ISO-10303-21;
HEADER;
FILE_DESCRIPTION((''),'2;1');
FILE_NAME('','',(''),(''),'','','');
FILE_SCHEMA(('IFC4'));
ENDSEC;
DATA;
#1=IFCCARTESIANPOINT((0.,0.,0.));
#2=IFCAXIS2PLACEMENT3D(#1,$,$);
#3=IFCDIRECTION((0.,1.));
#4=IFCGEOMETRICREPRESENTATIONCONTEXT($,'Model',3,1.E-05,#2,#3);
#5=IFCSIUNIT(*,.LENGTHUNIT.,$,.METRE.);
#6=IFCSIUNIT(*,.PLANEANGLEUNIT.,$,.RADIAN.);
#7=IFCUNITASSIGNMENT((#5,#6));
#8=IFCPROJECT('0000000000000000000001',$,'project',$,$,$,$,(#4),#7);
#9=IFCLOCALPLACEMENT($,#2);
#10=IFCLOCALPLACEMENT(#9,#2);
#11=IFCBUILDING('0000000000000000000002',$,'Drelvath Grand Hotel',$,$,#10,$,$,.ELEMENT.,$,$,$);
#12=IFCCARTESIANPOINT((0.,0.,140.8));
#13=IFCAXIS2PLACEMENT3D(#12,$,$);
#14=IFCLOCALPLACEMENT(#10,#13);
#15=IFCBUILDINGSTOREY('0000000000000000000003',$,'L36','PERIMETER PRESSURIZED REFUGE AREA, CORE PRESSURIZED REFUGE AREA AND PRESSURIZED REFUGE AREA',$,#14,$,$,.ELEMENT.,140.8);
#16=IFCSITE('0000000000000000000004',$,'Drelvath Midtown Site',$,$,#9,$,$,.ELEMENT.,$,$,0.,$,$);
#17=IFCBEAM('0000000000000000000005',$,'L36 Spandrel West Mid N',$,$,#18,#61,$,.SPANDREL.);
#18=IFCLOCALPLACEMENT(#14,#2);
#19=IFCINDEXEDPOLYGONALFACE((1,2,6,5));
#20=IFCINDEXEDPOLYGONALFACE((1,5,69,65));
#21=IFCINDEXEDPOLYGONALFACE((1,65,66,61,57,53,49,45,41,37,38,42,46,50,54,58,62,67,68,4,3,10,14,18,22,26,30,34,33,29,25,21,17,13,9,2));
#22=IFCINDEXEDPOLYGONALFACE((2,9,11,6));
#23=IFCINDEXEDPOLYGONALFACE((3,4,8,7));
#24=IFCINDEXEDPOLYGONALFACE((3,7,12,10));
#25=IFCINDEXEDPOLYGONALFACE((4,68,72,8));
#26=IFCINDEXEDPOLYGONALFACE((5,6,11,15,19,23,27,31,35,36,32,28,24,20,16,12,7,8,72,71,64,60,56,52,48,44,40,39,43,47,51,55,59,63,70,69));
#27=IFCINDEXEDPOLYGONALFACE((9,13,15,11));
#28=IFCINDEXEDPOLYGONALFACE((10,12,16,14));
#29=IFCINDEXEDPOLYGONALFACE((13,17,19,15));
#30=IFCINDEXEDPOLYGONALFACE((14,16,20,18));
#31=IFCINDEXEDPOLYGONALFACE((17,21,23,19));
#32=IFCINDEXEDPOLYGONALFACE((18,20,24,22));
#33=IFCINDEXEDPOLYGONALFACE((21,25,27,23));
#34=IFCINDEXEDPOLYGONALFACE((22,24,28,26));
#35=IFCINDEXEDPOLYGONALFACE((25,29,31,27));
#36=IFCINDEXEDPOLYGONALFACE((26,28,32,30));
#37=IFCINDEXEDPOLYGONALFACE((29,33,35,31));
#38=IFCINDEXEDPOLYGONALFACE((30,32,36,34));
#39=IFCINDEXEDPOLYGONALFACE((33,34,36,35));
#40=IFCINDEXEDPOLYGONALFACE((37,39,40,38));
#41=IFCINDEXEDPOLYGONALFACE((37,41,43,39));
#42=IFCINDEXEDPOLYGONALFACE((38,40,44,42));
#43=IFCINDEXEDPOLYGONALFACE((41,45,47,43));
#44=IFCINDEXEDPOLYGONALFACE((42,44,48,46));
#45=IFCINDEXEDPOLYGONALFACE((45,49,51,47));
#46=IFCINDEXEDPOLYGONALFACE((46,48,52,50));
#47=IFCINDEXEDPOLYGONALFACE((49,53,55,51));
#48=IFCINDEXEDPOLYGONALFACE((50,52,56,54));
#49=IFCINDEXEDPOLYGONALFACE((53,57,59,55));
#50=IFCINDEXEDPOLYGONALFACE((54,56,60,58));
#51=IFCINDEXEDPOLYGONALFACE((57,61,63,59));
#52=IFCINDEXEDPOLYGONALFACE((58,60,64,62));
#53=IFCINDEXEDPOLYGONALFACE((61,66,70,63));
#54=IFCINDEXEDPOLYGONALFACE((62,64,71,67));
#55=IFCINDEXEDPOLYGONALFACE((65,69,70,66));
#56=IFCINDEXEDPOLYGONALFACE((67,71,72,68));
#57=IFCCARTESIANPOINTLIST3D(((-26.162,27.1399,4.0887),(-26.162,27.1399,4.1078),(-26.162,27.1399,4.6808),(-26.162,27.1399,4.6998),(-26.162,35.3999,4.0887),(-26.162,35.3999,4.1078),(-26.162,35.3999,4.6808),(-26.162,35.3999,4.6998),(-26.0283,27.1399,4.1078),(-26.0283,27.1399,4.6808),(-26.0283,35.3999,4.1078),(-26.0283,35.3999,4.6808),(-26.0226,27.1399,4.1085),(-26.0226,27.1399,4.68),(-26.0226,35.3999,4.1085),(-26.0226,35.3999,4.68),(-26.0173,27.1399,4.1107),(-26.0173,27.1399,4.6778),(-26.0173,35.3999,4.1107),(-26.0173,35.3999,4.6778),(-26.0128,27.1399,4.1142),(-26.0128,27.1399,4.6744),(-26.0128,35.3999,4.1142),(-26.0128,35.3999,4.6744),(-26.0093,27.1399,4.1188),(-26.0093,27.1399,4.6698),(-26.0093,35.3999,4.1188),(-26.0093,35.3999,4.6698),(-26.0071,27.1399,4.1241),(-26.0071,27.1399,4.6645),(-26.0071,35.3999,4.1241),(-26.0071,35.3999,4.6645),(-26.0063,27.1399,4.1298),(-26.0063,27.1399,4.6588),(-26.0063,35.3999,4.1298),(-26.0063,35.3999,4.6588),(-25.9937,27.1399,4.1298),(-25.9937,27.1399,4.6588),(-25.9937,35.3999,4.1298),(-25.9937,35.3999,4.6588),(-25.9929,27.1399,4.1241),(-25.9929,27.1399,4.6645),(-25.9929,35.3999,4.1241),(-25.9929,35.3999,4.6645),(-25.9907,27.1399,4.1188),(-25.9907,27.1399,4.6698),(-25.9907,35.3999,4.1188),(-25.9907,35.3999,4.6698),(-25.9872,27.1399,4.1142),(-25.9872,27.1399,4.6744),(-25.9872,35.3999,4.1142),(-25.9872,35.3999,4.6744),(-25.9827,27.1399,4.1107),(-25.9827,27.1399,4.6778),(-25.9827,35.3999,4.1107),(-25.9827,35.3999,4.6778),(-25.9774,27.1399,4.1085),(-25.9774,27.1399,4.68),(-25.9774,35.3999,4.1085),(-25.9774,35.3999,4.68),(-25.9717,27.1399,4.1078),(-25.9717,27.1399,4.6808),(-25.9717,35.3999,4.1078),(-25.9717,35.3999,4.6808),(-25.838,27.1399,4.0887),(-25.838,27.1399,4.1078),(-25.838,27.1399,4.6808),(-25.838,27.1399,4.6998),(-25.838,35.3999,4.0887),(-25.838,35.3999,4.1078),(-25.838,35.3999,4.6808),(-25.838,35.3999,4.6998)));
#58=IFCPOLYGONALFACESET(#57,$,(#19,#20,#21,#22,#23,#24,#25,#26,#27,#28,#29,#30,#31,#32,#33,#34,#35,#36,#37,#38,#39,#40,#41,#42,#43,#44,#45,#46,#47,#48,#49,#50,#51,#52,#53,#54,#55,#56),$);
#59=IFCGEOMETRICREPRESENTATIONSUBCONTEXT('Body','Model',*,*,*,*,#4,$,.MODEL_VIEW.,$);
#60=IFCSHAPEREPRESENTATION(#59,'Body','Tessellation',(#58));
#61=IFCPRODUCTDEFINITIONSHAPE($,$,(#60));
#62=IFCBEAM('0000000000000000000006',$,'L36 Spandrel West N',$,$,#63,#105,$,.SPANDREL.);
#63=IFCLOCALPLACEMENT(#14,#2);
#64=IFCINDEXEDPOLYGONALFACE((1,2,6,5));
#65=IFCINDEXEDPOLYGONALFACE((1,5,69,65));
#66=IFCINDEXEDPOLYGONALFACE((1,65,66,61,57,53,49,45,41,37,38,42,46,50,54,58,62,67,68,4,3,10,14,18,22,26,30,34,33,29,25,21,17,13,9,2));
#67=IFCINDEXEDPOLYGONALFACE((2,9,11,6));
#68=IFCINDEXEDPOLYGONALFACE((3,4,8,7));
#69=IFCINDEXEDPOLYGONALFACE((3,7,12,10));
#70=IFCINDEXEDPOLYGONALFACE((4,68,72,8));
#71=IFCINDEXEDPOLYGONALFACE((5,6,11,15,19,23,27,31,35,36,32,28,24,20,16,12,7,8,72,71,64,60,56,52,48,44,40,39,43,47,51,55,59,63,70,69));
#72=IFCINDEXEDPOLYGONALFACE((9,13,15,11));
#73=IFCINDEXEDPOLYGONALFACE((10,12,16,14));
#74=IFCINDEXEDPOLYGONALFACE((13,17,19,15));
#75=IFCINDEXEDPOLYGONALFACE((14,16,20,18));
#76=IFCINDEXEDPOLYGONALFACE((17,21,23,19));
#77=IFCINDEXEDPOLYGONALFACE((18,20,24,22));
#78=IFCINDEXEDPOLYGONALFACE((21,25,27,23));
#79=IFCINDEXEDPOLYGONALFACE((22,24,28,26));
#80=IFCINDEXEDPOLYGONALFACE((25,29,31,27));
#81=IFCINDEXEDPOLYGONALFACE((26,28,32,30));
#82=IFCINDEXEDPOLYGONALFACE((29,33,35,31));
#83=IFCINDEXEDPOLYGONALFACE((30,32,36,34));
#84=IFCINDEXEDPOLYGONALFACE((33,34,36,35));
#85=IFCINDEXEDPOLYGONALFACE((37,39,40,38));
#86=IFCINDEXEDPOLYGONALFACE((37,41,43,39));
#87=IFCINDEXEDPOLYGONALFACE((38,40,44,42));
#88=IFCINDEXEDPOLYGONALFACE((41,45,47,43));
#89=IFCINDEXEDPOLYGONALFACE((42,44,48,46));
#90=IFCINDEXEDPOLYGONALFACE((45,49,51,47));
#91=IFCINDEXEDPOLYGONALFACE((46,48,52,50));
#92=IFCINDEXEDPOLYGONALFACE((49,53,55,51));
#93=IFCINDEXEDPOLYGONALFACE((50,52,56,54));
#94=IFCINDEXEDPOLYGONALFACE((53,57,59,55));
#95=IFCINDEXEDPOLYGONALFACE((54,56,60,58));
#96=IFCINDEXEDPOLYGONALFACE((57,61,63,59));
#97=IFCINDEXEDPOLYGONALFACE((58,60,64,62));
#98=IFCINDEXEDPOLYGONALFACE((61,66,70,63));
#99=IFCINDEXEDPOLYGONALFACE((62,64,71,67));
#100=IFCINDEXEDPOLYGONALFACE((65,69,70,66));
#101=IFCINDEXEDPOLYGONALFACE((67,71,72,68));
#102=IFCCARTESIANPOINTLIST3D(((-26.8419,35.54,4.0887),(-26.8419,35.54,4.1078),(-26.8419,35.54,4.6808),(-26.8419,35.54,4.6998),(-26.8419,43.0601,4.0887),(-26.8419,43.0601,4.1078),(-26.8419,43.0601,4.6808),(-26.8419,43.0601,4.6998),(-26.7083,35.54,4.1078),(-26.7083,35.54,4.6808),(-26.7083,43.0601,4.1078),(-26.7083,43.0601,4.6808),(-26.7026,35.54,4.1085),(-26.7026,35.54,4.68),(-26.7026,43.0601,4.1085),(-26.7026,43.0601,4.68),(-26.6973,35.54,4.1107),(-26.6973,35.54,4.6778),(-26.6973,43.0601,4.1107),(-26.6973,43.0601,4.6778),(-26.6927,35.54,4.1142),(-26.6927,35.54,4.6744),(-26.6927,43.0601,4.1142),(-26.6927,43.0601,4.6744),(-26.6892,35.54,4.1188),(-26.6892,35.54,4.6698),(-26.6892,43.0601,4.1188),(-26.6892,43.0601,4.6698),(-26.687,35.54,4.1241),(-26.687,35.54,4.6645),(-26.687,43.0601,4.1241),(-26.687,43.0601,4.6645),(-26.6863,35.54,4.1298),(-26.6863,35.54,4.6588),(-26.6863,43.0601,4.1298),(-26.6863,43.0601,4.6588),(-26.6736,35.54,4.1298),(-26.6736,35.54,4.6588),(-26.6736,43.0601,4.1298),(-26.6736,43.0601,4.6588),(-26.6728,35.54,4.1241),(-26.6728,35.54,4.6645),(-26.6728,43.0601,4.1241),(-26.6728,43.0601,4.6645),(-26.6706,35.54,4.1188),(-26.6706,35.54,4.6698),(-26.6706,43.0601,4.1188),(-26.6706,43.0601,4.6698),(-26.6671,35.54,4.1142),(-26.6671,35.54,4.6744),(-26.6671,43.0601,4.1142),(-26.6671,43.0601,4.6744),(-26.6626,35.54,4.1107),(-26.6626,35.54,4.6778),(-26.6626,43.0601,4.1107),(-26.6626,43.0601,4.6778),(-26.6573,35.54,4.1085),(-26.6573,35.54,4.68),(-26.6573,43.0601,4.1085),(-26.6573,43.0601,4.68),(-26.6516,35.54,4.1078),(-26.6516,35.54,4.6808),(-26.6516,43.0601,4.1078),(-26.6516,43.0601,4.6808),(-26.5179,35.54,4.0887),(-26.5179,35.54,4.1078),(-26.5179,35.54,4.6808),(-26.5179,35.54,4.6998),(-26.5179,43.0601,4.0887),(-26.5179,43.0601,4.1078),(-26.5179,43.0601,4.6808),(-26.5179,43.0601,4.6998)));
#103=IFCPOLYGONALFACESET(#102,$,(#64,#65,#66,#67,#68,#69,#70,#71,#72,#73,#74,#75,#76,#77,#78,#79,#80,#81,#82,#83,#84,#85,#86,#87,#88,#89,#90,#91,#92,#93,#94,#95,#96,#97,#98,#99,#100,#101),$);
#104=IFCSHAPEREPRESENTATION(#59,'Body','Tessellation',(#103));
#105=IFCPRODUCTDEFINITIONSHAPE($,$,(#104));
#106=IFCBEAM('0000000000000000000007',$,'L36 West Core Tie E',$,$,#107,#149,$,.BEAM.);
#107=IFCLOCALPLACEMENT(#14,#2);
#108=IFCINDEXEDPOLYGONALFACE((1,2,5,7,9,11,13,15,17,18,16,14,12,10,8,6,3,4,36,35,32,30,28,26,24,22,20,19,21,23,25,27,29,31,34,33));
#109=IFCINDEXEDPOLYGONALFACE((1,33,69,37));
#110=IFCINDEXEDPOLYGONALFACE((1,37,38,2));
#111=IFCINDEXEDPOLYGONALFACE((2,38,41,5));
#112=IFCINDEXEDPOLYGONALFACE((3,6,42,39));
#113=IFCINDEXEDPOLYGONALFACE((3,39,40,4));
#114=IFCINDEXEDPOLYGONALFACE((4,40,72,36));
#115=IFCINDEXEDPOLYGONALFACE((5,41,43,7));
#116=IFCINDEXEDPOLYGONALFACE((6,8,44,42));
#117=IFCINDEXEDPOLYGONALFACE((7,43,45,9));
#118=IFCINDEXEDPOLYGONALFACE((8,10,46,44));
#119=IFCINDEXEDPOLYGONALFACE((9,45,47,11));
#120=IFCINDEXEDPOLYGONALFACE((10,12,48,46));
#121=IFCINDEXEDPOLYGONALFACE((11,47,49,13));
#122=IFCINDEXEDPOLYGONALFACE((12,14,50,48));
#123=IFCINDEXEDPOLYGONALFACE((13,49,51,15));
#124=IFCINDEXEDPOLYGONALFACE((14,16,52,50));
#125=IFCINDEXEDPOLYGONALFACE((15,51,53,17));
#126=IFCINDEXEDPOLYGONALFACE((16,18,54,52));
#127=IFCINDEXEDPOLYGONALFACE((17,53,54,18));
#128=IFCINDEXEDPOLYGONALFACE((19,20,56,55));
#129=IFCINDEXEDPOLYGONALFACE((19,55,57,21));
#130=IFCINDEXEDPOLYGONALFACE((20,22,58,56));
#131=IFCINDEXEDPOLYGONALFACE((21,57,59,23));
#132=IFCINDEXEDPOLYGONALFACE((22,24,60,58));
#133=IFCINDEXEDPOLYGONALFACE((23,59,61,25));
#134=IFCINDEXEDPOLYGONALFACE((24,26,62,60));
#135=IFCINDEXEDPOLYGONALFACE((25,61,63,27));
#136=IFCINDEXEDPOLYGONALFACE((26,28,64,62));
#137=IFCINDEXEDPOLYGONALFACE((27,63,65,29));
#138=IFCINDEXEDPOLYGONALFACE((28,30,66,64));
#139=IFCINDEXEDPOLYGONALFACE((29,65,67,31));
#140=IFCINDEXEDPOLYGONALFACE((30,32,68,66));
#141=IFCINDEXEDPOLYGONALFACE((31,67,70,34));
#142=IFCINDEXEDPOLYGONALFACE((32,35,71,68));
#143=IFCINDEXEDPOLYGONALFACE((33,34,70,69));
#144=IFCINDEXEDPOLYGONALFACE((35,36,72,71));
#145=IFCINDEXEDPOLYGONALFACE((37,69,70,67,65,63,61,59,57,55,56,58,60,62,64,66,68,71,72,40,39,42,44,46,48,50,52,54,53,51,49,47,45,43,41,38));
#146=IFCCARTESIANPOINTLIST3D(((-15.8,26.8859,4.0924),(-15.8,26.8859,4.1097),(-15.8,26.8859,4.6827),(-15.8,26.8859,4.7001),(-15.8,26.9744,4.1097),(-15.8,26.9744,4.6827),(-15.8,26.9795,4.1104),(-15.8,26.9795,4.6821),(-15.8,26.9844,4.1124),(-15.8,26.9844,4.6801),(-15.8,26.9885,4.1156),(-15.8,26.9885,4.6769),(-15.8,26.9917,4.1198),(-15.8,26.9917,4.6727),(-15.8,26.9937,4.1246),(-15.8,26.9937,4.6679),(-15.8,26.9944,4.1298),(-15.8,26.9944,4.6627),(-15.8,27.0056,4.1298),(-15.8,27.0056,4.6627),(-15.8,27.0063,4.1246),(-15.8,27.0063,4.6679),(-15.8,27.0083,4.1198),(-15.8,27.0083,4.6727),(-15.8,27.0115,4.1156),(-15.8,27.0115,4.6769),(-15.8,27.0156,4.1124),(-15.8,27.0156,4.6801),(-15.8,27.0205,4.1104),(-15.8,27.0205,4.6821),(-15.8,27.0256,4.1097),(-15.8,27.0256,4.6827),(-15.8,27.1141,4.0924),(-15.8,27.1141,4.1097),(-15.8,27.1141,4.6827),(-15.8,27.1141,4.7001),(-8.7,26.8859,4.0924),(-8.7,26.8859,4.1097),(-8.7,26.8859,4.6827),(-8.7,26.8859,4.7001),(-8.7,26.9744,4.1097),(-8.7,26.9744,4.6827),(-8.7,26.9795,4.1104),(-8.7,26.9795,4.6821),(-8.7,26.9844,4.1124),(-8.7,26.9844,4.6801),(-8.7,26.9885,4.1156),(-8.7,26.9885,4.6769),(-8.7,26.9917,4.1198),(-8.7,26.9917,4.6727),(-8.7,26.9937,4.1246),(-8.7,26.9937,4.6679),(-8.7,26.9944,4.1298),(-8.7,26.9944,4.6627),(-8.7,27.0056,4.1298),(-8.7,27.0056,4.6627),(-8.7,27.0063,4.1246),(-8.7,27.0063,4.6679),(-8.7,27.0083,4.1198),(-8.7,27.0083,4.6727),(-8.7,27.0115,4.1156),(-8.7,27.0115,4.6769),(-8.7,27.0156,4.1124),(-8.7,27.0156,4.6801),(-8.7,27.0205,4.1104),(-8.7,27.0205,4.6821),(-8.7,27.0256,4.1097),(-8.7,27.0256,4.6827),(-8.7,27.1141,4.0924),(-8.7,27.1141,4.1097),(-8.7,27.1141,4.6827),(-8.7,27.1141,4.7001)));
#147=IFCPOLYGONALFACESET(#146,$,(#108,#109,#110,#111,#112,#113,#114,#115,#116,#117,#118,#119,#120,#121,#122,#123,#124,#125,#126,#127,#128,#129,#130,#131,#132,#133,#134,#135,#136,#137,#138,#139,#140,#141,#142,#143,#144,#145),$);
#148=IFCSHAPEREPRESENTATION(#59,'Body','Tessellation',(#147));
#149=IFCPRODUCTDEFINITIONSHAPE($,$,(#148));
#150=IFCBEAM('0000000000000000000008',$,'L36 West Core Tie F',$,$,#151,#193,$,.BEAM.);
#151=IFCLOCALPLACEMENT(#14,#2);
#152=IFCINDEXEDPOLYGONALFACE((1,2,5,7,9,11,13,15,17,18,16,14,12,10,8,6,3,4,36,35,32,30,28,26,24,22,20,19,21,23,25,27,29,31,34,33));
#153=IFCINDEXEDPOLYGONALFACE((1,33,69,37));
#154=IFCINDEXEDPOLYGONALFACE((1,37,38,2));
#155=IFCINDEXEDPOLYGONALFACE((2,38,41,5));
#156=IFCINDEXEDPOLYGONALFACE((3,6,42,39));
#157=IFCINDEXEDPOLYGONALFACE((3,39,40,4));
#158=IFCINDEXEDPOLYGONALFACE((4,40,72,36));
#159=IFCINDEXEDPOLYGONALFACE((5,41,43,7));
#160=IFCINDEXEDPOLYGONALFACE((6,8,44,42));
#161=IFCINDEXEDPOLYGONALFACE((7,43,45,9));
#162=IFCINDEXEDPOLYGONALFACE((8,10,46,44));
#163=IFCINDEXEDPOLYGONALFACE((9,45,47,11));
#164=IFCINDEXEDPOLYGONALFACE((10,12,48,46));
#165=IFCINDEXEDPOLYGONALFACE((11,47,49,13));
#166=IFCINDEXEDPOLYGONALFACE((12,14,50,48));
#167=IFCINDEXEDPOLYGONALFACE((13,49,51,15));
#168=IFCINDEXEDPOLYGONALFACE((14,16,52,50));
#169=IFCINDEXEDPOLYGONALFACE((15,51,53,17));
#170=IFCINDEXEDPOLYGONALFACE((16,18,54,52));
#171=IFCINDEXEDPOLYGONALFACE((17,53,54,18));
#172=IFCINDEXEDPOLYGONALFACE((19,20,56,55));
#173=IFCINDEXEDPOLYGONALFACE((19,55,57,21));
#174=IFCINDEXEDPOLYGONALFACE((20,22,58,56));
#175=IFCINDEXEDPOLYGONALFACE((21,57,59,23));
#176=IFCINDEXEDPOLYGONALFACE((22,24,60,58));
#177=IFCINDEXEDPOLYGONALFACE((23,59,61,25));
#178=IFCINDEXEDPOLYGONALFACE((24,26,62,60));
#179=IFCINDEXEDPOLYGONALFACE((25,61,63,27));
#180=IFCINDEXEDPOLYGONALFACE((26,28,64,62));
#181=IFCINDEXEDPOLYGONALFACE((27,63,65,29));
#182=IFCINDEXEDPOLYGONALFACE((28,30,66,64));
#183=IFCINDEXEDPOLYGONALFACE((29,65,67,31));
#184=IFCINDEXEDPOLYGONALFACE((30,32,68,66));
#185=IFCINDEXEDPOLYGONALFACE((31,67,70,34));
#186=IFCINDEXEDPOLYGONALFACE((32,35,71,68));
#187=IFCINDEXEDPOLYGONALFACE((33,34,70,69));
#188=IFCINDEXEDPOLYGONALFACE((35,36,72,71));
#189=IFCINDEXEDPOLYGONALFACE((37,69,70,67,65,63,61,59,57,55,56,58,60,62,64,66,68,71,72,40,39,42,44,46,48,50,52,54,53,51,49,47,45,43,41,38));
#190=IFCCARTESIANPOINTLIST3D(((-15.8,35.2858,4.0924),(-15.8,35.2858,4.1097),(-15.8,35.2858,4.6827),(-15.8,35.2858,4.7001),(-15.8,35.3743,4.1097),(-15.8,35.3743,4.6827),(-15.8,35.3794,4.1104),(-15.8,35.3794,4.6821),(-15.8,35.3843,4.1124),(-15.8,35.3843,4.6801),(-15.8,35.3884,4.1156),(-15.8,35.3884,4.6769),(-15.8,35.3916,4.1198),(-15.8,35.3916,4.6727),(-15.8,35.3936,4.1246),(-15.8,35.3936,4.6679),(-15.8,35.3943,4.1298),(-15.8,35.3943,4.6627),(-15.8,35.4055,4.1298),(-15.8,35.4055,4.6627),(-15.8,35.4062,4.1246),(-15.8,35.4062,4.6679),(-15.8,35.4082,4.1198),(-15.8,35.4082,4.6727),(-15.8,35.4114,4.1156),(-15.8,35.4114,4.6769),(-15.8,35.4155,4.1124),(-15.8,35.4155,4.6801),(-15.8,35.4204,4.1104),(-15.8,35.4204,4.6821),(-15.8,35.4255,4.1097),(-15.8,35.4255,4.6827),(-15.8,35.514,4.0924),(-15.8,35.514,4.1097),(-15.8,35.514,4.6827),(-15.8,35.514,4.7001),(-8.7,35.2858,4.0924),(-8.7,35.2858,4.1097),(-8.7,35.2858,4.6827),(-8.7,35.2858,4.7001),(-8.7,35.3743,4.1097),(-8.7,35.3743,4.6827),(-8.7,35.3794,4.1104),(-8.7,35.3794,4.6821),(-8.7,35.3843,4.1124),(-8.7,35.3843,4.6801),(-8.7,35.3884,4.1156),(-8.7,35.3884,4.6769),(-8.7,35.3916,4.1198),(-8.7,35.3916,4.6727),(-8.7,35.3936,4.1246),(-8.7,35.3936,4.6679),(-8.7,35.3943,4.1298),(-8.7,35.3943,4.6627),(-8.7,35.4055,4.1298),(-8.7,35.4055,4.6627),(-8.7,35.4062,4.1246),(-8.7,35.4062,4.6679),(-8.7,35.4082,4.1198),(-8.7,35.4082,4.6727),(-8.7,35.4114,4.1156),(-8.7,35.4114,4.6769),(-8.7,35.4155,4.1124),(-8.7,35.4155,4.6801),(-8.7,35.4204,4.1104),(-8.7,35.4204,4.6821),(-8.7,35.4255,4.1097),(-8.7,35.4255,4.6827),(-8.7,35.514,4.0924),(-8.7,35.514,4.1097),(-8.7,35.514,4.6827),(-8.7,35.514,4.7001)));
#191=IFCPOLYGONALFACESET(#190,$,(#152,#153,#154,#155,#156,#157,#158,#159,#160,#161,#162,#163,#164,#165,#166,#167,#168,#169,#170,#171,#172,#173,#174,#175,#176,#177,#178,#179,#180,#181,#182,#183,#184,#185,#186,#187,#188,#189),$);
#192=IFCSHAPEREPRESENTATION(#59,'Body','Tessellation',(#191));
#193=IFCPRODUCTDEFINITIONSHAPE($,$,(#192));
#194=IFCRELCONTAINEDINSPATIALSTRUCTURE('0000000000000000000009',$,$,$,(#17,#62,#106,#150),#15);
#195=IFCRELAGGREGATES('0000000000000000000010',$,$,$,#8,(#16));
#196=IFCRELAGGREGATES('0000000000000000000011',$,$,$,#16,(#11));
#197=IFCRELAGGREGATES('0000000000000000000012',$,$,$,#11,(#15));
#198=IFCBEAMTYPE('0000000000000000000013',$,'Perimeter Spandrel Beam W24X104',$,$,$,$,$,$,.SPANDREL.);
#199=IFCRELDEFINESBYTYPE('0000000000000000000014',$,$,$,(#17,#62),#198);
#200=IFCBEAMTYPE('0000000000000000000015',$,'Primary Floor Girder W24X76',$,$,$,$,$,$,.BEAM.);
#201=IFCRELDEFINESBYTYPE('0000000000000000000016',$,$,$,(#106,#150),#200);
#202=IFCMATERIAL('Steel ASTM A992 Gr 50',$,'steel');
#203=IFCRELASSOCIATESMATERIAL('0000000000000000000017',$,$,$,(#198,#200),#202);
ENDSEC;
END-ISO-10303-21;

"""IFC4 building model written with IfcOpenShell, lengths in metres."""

from ifc_helpers import new_model, si_unit, direction, frame, origin, origin_2d, place, context, subcontext, project, spatial, i_section, extrude, material, material_profile, profile_set, type_object, element, save


model = new_model("IFC4")

# Units and contexts
model_context = context("Model", 3, precision=1e-05, world=origin(), true_north=direction((0.0, 1.0)))
body_context = subcontext(model_context, "Body", "Model", "MODEL_VIEW")
ifc_project = project(units=[si_unit("LENGTHUNIT", "METRE"), si_unit("PLANEANGLEUNIT", "RADIAN")], contexts=[model_context])

# Site, building, storey
site_placement = place(None, origin())
site = spatial("IfcSite", under=ifc_project, at=site_placement, Name="Drelvath Midtown Site", CompositionType="ELEMENT", RefElevation=0.0)
building_placement = place(site_placement, origin())
building = spatial("IfcBuilding", under=site, at=building_placement, Name="Drelvath Grand Hotel", CompositionType="ELEMENT")
storey_placement = place(building_placement, frame((0.0, 0.0, 140.8)))
storey = spatial("IfcBuildingStorey", under=building, at=storey_placement, Name="L36", Description="PERIMETER PRESSURIZED REFUGE AREA, CORE PRESSURIZED REFUGE AREA AND PRESSURIZED REFUGE AREA", CompositionType="ELEMENT", Elevation=140.8)

# Beams
ifc_material_1 = material(Name="Steel ASTM A992 Gr 50", Category="steel")
ifc_material_profile_1 = material_profile(ifc_material_1, i_section(OverallWidth=0.324, OverallDepth=0.6111, WebThickness=0.0127, FlangeThickness=0.019, FilletRadius=0.022, at=origin_2d()), Name="W24X104")
ifc_profile_set_1 = profile_set([ifc_material_profile_1], Name="Steel ASTM A992 Gr 50")
beam_type_1 = type_object("IfcBeamType", Name="Perimeter Spandrel Beam W24X104", PredefinedType="SPANDREL", material=ifc_profile_set_1)
beam_1_placement = place(storey_placement, frame((-26.0, 27.1399, 4.3943), z_axis=(0.0, 1.0, 0.0), x_axis=(-1.0, 0.0, 0.0)))
element("IfcBeam", 1, at=beam_1_placement, inside=storey, type_object=beam_type_1, Name="L36 Spandrel West Mid N", PredefinedType="SPANDREL", context=body_context, shape_type="SweptSolid", body=[
    extrude(i_section(OverallWidth=0.324, OverallDepth=0.6111, WebThickness=0.0127, FlangeThickness=0.019, FilletRadius=0.022, at=origin_2d()), origin(), (0.0, 0.0, 1.0), 8.26),
])
beam_2_placement = place(storey_placement, frame((-26.6799, 35.54, 4.3943), z_axis=(0.0, 1.0, 0.0), x_axis=(-1.0, 0.0, 0.0)))
element("IfcBeam", 2, at=beam_2_placement, inside=storey, type_object=beam_type_1, Name="L36 Spandrel West N", PredefinedType="SPANDREL", context=body_context, shape_type="SweptSolid", body=[
    extrude(i_section(OverallWidth=0.324, OverallDepth=0.6111, WebThickness=0.0127, FlangeThickness=0.019, FilletRadius=0.022, at=origin_2d()), origin(), (0.0, 0.0, 1.0), 7.52),
])
ifc_material_profile_2 = material_profile(ifc_material_1, i_section(OverallWidth=0.2283, OverallDepth=0.6077, WebThickness=0.0112, FlangeThickness=0.0173, FilletRadius=0.02, at=origin_2d()), Name="W24X76")
ifc_profile_set_2 = profile_set([ifc_material_profile_2], Name="Steel ASTM A992 Gr 50")
beam_type_2 = type_object("IfcBeamType", Name="Primary Floor Girder W24X76", PredefinedType="BEAM", material=ifc_profile_set_2)
for number, where, z_axis, x_axis, name in (
    (3, (-15.8, 27.0, 4.3962), (1.0, 0.0, 0.0), (0.0, 1.0, 0.0), "L36 West Core Tie E"),
    (4, (-15.8, 35.3999, 4.3962), (1.0, 0.0, 0.0), (0.0, 1.0, 0.0), "L36 West Core Tie F"),
):
    element("IfcBeam", number, at=place(storey_placement, frame(where, z_axis=z_axis, x_axis=x_axis)), inside=storey, type_object=beam_type_2, Name=name, PredefinedType="BEAM", context=body_context, shape_type="SweptSolid", body=[
        extrude(i_section(OverallWidth=0.2283, OverallDepth=0.6077, WebThickness=0.0112, FlangeThickness=0.0173, FilletRadius=0.02, at=origin_2d()), origin(), (0.0, 0.0, 1.0), 7.1001),
    ])

save(model, "model.ifc")
